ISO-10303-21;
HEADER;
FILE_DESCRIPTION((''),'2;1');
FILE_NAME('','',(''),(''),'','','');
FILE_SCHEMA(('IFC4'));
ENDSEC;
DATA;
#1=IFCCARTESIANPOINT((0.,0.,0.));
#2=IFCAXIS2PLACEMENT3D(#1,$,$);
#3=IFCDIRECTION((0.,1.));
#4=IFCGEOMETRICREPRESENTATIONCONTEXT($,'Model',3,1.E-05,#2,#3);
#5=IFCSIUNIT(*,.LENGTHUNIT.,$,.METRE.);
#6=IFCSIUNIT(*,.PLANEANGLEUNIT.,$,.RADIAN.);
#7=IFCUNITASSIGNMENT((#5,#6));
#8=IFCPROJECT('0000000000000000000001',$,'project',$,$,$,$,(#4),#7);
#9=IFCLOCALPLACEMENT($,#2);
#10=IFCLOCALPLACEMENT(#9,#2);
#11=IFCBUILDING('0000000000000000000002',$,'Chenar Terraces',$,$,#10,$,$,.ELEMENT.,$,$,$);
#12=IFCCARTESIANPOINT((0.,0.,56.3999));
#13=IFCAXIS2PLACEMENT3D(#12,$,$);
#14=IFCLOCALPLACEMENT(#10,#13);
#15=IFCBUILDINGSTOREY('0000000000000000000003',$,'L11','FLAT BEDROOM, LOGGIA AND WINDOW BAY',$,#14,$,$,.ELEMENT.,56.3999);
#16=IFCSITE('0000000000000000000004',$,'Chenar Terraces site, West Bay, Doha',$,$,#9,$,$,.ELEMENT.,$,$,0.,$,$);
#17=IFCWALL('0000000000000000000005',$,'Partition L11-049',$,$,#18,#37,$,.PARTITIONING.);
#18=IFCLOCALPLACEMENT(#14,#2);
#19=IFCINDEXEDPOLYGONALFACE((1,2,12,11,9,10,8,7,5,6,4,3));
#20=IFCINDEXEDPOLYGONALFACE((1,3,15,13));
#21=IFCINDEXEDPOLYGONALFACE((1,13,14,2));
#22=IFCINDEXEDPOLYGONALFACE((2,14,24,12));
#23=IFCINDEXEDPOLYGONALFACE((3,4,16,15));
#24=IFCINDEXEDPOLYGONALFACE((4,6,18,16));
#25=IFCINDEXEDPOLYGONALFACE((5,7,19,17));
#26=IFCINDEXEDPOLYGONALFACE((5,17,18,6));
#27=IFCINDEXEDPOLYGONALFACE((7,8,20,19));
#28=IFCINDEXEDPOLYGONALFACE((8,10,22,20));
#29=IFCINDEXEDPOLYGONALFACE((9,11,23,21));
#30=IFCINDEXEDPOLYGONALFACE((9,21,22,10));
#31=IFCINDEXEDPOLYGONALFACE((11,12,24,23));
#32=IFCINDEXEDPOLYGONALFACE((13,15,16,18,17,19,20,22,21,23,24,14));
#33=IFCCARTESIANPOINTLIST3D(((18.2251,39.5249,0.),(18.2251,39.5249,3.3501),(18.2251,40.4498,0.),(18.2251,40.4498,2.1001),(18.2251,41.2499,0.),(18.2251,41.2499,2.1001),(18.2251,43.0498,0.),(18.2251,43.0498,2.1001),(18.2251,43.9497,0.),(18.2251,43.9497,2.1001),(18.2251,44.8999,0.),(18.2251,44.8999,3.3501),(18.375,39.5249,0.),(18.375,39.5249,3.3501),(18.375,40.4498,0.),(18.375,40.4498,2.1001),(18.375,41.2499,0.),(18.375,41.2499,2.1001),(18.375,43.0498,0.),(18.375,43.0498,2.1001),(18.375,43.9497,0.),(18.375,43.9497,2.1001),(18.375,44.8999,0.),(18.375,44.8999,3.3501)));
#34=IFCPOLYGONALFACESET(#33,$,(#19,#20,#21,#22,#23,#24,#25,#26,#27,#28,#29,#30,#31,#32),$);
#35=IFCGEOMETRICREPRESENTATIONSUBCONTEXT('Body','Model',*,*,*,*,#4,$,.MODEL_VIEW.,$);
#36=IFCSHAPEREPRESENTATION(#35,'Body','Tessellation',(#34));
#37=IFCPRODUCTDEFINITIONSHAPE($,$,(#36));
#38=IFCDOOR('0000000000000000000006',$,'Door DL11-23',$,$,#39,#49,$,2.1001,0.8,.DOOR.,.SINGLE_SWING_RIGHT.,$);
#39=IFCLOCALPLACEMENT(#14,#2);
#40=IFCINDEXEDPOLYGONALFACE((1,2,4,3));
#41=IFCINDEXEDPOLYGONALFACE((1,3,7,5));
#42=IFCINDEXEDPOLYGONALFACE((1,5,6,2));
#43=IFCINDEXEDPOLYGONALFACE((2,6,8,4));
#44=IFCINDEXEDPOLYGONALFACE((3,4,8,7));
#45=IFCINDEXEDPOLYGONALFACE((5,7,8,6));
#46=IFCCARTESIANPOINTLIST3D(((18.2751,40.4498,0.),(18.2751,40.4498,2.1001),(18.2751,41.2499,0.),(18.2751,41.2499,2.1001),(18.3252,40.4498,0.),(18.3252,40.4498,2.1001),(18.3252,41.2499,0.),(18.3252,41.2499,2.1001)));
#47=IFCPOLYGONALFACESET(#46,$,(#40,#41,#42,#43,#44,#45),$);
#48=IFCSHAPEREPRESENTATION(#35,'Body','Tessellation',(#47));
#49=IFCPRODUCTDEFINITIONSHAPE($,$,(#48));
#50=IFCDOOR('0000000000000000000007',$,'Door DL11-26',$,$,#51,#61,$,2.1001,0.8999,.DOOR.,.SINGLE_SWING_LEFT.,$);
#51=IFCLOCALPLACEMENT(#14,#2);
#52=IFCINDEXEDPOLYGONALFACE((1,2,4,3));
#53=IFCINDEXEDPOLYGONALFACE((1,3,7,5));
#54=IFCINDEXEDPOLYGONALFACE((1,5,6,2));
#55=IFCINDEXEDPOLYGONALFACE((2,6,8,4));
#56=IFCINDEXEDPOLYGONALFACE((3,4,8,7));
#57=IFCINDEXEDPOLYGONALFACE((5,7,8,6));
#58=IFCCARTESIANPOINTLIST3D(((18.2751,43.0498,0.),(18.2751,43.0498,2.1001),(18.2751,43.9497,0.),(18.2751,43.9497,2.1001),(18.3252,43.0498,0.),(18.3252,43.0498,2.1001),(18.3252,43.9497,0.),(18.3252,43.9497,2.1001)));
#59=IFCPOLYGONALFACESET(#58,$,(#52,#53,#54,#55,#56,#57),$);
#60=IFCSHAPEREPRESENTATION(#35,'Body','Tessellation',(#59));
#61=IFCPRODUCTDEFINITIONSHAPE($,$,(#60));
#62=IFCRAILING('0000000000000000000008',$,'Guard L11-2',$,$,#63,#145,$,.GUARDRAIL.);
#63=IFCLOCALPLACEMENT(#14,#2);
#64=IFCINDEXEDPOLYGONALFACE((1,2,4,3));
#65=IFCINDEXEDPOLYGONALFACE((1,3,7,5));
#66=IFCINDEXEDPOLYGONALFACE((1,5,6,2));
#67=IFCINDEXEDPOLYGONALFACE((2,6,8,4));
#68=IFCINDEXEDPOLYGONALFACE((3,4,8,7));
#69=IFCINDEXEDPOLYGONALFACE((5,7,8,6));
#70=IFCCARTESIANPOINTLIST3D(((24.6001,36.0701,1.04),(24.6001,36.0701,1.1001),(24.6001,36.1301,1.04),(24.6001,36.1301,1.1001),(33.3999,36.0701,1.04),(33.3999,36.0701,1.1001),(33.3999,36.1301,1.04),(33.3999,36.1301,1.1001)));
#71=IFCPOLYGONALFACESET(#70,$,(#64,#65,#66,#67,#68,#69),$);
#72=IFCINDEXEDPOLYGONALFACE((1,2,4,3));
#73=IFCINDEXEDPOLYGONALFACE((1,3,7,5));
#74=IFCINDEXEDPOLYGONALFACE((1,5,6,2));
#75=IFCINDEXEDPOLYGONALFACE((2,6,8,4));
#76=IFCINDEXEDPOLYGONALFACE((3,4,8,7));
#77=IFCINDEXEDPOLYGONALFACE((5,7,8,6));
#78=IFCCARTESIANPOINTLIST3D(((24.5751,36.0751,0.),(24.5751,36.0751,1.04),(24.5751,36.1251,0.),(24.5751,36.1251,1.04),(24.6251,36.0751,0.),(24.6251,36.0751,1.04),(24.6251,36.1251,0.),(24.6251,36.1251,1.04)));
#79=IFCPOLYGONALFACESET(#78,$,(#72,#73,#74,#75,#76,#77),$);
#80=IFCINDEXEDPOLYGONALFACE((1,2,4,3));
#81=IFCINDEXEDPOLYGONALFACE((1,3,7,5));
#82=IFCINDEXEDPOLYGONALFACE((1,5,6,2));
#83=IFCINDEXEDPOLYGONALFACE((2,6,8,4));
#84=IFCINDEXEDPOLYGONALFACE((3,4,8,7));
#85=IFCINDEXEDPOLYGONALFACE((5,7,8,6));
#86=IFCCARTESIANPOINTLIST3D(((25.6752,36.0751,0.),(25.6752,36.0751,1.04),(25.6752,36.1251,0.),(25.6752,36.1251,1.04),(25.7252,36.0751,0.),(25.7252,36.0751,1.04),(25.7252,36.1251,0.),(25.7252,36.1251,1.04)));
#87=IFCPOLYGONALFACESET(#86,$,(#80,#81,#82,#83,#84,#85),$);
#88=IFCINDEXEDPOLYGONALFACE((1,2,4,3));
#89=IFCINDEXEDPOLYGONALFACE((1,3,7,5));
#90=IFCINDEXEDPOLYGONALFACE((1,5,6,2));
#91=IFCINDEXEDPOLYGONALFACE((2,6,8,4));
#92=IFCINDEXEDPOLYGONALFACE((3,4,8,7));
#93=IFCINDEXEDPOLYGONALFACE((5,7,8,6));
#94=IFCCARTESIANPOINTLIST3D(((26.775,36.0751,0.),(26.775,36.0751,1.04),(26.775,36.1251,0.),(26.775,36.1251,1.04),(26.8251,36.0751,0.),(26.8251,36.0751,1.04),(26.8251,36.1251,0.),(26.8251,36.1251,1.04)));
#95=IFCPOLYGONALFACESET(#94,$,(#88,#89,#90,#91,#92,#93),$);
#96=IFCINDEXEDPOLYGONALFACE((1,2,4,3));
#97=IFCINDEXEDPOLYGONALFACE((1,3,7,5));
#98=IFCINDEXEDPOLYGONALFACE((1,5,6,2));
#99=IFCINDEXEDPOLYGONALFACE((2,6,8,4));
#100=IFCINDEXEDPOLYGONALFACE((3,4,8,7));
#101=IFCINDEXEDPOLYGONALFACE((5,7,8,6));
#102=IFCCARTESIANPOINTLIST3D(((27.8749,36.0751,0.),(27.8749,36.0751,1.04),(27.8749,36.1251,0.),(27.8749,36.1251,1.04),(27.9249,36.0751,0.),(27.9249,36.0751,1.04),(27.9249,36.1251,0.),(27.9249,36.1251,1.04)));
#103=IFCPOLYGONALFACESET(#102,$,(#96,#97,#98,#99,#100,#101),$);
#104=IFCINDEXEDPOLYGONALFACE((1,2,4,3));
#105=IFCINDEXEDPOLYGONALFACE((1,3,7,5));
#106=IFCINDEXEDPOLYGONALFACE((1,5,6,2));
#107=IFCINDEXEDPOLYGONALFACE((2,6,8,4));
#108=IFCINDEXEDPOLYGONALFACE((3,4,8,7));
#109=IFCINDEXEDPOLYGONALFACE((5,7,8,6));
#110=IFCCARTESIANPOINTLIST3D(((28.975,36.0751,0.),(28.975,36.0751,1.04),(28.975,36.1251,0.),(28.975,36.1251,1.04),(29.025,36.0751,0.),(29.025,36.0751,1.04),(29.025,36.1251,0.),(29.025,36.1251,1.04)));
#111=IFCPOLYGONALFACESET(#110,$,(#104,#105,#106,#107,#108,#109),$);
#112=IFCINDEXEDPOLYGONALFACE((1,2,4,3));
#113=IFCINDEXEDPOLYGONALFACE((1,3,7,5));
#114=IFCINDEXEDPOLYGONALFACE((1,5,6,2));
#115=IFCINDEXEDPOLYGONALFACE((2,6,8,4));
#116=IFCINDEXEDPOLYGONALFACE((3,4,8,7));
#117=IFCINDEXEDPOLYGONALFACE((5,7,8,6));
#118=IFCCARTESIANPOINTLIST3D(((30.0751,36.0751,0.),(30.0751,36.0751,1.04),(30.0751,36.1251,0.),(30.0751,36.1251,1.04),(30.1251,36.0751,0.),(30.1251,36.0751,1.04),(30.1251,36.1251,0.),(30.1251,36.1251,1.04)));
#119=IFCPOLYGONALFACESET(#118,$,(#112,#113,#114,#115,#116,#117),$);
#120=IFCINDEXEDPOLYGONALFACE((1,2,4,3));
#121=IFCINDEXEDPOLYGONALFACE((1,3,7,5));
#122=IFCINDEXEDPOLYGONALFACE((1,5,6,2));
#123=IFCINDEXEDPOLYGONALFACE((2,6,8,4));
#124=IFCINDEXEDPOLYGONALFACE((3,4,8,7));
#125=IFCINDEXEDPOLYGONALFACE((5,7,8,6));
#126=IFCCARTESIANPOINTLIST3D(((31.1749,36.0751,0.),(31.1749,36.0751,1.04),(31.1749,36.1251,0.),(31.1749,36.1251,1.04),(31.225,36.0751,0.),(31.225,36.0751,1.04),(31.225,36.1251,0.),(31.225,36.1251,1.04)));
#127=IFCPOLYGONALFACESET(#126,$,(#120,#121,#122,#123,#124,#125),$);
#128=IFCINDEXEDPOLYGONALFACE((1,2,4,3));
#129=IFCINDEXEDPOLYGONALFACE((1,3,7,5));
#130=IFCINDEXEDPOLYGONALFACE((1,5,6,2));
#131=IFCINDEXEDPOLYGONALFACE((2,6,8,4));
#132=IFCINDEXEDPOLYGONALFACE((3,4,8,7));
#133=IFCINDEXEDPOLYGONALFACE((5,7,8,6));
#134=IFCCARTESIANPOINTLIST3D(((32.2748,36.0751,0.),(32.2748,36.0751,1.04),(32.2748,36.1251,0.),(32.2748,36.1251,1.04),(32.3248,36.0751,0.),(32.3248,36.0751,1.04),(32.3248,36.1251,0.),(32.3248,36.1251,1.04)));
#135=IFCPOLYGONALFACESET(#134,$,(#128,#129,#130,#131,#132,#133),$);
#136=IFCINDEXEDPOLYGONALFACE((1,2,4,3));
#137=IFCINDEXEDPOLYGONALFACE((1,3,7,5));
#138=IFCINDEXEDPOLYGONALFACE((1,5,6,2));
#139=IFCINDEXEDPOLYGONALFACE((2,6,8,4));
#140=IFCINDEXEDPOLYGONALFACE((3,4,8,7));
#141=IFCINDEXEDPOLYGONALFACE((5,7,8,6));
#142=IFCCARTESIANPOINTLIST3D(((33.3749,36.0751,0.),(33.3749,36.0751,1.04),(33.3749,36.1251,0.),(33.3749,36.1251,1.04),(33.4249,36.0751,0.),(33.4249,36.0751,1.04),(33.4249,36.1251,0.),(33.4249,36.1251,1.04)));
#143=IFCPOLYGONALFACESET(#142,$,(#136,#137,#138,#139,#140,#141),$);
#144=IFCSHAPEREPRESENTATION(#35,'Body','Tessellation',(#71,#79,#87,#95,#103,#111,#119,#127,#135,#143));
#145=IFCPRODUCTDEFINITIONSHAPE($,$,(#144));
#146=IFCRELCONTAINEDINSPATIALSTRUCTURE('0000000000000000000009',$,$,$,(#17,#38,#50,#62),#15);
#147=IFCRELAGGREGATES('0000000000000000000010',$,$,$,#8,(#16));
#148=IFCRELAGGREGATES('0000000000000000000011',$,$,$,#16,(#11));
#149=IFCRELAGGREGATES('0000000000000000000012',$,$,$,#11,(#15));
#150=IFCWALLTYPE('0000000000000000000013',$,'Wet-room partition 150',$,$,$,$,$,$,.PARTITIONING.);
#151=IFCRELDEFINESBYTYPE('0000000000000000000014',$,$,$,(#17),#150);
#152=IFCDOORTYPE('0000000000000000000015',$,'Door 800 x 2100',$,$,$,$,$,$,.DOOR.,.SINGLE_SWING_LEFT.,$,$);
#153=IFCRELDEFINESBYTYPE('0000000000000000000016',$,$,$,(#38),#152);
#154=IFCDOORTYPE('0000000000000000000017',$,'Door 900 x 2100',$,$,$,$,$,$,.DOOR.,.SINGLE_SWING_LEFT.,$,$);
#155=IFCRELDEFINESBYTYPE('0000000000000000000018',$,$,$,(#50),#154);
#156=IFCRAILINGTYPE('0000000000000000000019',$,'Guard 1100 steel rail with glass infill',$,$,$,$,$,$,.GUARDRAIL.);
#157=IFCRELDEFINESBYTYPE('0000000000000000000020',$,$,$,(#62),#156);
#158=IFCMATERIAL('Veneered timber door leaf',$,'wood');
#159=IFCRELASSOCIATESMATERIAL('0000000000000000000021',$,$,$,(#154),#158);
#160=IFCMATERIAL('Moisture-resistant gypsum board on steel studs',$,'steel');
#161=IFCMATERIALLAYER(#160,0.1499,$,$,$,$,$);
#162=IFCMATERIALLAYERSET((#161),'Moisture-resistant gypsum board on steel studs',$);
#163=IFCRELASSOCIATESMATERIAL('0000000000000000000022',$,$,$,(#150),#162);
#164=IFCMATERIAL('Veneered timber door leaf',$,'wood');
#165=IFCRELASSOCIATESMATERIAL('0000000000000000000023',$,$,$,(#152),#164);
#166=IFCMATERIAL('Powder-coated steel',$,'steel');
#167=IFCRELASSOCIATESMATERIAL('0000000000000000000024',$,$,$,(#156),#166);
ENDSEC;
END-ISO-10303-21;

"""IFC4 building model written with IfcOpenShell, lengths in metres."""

from ifc_helpers import new_model, si_unit, direction, frame, frame_2d, origin, origin_2d, place, context, subcontext, project, spatial, rectangle, extrude, material, layer, layer_set, type_object, element, fill, save


model = new_model("IFC4")

# Units and contexts
model_context = context("Model", 3, precision=1e-05, world=origin(), true_north=direction((0.0, 1.0)))
body_context = subcontext(model_context, "Body", "Model", "MODEL_VIEW")
ifc_project = project(units=[si_unit("LENGTHUNIT", "METRE"), si_unit("PLANEANGLEUNIT", "RADIAN")], contexts=[model_context])

# Site, building, storey
site_placement = place(None, origin())
site = spatial("IfcSite", under=ifc_project, at=site_placement, Name="Chenar Terraces site, West Bay, Doha", CompositionType="ELEMENT", RefElevation=0.0)
building_placement = place(site_placement, origin())
building = spatial("IfcBuilding", under=site, at=building_placement, Name="Chenar Terraces", CompositionType="ELEMENT")
storey_placement = place(building_placement, frame((0.0, 0.0, 56.3999)))
storey = spatial("IfcBuildingStorey", under=building, at=storey_placement, Name="L11", Description="FLAT BEDROOM, LOGGIA AND WINDOW BAY", CompositionType="ELEMENT", Elevation=56.3999)

# Shared definitions
ifc_material_1 = material(Name="Veneered timber door leaf", Category="wood")
door_type_1 = type_object("IfcDoorType", Name="Door 900 x 2100", OperationType="SINGLE_SWING_LEFT", PredefinedType="DOOR", material=ifc_material_1)

# Shared definitions
ifc_material_2 = material(Name="Moisture-resistant gypsum board on steel studs", Category="steel")
ifc_layer_1 = layer(ifc_material_2, 0.1499)
ifc_layer_set_1 = layer_set([ifc_layer_1], Name="Moisture-resistant gypsum board on steel studs")
wall_type_1 = type_object("IfcWallType", Name="Wet-room partition 150", PredefinedType="PARTITIONING", material=ifc_layer_set_1)

# Wall, openings, doors
wall_1_placement = place(storey_placement, frame((18.3, 39.5249, 0.0), z_axis=(0.0, 0.0, 1.0), x_axis=(0.0, 1.0, 0.0)))
wall_1 = element("IfcWall", 1, at=wall_1_placement, inside=storey, type_object=wall_type_1, Name="Partition L11-049", PredefinedType="PARTITIONING", context=body_context, shape_type="SweptSolid", body=[
    extrude(rectangle(XDim=5.375, YDim=0.1499, at=frame_2d((2.6875, 0.0))), origin(), (0.0, 0.0, 1.0), 3.3501),
])
opening_1_placement = place(wall_1_placement, frame((0.925, 0.0, 0.0)))
opening_1 = element("IfcOpeningElement", 2, at=opening_1_placement, cuts=wall_1, PredefinedType="OPENING", context=body_context, shape_type="SweptSolid", body=[
    extrude(rectangle(XDim=0.8, YDim=2.1001, at=frame_2d((0.3999, 1.05))), frame((0.0, 0.085, 0.0), z_axis=(0.0, -1.0, 0.0), x_axis=(1.0, 0.0, 0.0)), (0.0, 0.0, 1.0), 0.1699),
])
opening_2_placement = place(wall_1_placement, frame((3.5249, 0.0, 0.0)))
opening_2 = element("IfcOpeningElement", 3, at=opening_2_placement, cuts=wall_1, PredefinedType="OPENING", context=body_context, shape_type="SweptSolid", body=[
    extrude(rectangle(XDim=0.8999, YDim=2.1001, at=frame_2d((0.45, 1.05))), frame((0.0, 0.085, 0.0), z_axis=(0.0, -1.0, 0.0), x_axis=(1.0, 0.0, 0.0)), (0.0, 0.0, 1.0), 0.1699),
])
ifc_material_3 = material(Name="Veneered timber door leaf", Category="wood")
door_type_2 = type_object("IfcDoorType", Name="Door 800 x 2100", OperationType="SINGLE_SWING_LEFT", PredefinedType="DOOR", material=ifc_material_3)
door_1_placement = place(opening_1_placement, origin())
door_1 = element("IfcDoor", 4, at=door_1_placement, inside=storey, type_object=door_type_2, Name="Door DL11-23", OperationType="SINGLE_SWING_RIGHT", OverallHeight=2.1001, OverallWidth=0.8, PredefinedType="DOOR", context=body_context, shape_type="SweptSolid", body=[
    extrude(rectangle(XDim=0.8, YDim=2.1001, at=frame_2d((0.3999, 1.05))), frame((0.0, 0.0249, 0.0), z_axis=(0.0, -1.0, 0.0), x_axis=(1.0, 0.0, 0.0)), (0.0, 0.0, 1.0), 0.05),
])
fill(opening_1, door_1)
door_2_placement = place(opening_2_placement, origin())
door_2 = element("IfcDoor", 5, at=door_2_placement, inside=storey, type_object=door_type_1, Name="Door DL11-26", OperationType="SINGLE_SWING_LEFT", OverallHeight=2.1001, OverallWidth=0.8999, PredefinedType="DOOR", context=body_context, shape_type="SweptSolid", body=[
    extrude(rectangle(XDim=0.8999, YDim=2.1001, at=frame_2d((0.45, 1.05))), frame((0.0, 0.0249, 0.0), z_axis=(0.0, -1.0, 0.0), x_axis=(1.0, 0.0, 0.0)), (0.0, 0.0, 1.0), 0.05),
])
fill(opening_2, door_2)

# Railing
ifc_material_4 = material(Name="Powder-coated steel", Category="steel")
railing_type = type_object("IfcRailingType", Name="Guard 1100 steel rail with glass infill", PredefinedType="GUARDRAIL", material=ifc_material_4)
railing_placement = place(storey_placement, frame((24.6001, 36.1001, 0.0)))
element("IfcRailing", 6, at=railing_placement, inside=storey, type_object=railing_type, Name="Guard L11-2", PredefinedType="GUARDRAIL", context=body_context, shape_type="SweptSolid", body=[
    extrude(rectangle(XDim=0.0601, YDim=0.0601, at=origin_2d()), frame((0.0, 0.0, 1.0701), z_axis=(1.0, 0.0, 0.0), x_axis=(0.0, 1.0, 0.0)), (0.0, 0.0, 1.0), 8.7998),
    extrude(rectangle(XDim=0.05, YDim=0.05, at=origin_2d()), origin(), (0.0, 0.0, 1.0), 1.04),
    extrude(rectangle(XDim=0.05, YDim=0.05, at=origin_2d()), frame((1.1001, 0.0, 0.0)), (0.0, 0.0, 1.0), 1.04),
    extrude(rectangle(XDim=0.05, YDim=0.05, at=origin_2d()), frame((2.2, 0.0, 0.0)), (0.0, 0.0, 1.0), 1.04),
    extrude(rectangle(XDim=0.05, YDim=0.05, at=origin_2d()), frame((3.2998, 0.0, 0.0)), (0.0, 0.0, 1.0), 1.04),
    extrude(rectangle(XDim=0.05, YDim=0.05, at=origin_2d()), frame((4.3999, 0.0, 0.0)), (0.0, 0.0, 1.0), 1.04),
    extrude(rectangle(XDim=0.05, YDim=0.05, at=origin_2d()), frame((5.5, 0.0, 0.0)), (0.0, 0.0, 1.0), 1.04),
    extrude(rectangle(XDim=0.05, YDim=0.05, at=origin_2d()), frame((6.5999, 0.0, 0.0)), (0.0, 0.0, 1.0), 1.04),
    extrude(rectangle(XDim=0.05, YDim=0.05, at=origin_2d()), frame((7.6997, 0.0, 0.0)), (0.0, 0.0, 1.0), 1.04),
    extrude(rectangle(XDim=0.05, YDim=0.05, at=origin_2d()), frame((8.7998, 0.0, 0.0)), (0.0, 0.0, 1.0), 1.04),
])

save(model, "model.ifc")
